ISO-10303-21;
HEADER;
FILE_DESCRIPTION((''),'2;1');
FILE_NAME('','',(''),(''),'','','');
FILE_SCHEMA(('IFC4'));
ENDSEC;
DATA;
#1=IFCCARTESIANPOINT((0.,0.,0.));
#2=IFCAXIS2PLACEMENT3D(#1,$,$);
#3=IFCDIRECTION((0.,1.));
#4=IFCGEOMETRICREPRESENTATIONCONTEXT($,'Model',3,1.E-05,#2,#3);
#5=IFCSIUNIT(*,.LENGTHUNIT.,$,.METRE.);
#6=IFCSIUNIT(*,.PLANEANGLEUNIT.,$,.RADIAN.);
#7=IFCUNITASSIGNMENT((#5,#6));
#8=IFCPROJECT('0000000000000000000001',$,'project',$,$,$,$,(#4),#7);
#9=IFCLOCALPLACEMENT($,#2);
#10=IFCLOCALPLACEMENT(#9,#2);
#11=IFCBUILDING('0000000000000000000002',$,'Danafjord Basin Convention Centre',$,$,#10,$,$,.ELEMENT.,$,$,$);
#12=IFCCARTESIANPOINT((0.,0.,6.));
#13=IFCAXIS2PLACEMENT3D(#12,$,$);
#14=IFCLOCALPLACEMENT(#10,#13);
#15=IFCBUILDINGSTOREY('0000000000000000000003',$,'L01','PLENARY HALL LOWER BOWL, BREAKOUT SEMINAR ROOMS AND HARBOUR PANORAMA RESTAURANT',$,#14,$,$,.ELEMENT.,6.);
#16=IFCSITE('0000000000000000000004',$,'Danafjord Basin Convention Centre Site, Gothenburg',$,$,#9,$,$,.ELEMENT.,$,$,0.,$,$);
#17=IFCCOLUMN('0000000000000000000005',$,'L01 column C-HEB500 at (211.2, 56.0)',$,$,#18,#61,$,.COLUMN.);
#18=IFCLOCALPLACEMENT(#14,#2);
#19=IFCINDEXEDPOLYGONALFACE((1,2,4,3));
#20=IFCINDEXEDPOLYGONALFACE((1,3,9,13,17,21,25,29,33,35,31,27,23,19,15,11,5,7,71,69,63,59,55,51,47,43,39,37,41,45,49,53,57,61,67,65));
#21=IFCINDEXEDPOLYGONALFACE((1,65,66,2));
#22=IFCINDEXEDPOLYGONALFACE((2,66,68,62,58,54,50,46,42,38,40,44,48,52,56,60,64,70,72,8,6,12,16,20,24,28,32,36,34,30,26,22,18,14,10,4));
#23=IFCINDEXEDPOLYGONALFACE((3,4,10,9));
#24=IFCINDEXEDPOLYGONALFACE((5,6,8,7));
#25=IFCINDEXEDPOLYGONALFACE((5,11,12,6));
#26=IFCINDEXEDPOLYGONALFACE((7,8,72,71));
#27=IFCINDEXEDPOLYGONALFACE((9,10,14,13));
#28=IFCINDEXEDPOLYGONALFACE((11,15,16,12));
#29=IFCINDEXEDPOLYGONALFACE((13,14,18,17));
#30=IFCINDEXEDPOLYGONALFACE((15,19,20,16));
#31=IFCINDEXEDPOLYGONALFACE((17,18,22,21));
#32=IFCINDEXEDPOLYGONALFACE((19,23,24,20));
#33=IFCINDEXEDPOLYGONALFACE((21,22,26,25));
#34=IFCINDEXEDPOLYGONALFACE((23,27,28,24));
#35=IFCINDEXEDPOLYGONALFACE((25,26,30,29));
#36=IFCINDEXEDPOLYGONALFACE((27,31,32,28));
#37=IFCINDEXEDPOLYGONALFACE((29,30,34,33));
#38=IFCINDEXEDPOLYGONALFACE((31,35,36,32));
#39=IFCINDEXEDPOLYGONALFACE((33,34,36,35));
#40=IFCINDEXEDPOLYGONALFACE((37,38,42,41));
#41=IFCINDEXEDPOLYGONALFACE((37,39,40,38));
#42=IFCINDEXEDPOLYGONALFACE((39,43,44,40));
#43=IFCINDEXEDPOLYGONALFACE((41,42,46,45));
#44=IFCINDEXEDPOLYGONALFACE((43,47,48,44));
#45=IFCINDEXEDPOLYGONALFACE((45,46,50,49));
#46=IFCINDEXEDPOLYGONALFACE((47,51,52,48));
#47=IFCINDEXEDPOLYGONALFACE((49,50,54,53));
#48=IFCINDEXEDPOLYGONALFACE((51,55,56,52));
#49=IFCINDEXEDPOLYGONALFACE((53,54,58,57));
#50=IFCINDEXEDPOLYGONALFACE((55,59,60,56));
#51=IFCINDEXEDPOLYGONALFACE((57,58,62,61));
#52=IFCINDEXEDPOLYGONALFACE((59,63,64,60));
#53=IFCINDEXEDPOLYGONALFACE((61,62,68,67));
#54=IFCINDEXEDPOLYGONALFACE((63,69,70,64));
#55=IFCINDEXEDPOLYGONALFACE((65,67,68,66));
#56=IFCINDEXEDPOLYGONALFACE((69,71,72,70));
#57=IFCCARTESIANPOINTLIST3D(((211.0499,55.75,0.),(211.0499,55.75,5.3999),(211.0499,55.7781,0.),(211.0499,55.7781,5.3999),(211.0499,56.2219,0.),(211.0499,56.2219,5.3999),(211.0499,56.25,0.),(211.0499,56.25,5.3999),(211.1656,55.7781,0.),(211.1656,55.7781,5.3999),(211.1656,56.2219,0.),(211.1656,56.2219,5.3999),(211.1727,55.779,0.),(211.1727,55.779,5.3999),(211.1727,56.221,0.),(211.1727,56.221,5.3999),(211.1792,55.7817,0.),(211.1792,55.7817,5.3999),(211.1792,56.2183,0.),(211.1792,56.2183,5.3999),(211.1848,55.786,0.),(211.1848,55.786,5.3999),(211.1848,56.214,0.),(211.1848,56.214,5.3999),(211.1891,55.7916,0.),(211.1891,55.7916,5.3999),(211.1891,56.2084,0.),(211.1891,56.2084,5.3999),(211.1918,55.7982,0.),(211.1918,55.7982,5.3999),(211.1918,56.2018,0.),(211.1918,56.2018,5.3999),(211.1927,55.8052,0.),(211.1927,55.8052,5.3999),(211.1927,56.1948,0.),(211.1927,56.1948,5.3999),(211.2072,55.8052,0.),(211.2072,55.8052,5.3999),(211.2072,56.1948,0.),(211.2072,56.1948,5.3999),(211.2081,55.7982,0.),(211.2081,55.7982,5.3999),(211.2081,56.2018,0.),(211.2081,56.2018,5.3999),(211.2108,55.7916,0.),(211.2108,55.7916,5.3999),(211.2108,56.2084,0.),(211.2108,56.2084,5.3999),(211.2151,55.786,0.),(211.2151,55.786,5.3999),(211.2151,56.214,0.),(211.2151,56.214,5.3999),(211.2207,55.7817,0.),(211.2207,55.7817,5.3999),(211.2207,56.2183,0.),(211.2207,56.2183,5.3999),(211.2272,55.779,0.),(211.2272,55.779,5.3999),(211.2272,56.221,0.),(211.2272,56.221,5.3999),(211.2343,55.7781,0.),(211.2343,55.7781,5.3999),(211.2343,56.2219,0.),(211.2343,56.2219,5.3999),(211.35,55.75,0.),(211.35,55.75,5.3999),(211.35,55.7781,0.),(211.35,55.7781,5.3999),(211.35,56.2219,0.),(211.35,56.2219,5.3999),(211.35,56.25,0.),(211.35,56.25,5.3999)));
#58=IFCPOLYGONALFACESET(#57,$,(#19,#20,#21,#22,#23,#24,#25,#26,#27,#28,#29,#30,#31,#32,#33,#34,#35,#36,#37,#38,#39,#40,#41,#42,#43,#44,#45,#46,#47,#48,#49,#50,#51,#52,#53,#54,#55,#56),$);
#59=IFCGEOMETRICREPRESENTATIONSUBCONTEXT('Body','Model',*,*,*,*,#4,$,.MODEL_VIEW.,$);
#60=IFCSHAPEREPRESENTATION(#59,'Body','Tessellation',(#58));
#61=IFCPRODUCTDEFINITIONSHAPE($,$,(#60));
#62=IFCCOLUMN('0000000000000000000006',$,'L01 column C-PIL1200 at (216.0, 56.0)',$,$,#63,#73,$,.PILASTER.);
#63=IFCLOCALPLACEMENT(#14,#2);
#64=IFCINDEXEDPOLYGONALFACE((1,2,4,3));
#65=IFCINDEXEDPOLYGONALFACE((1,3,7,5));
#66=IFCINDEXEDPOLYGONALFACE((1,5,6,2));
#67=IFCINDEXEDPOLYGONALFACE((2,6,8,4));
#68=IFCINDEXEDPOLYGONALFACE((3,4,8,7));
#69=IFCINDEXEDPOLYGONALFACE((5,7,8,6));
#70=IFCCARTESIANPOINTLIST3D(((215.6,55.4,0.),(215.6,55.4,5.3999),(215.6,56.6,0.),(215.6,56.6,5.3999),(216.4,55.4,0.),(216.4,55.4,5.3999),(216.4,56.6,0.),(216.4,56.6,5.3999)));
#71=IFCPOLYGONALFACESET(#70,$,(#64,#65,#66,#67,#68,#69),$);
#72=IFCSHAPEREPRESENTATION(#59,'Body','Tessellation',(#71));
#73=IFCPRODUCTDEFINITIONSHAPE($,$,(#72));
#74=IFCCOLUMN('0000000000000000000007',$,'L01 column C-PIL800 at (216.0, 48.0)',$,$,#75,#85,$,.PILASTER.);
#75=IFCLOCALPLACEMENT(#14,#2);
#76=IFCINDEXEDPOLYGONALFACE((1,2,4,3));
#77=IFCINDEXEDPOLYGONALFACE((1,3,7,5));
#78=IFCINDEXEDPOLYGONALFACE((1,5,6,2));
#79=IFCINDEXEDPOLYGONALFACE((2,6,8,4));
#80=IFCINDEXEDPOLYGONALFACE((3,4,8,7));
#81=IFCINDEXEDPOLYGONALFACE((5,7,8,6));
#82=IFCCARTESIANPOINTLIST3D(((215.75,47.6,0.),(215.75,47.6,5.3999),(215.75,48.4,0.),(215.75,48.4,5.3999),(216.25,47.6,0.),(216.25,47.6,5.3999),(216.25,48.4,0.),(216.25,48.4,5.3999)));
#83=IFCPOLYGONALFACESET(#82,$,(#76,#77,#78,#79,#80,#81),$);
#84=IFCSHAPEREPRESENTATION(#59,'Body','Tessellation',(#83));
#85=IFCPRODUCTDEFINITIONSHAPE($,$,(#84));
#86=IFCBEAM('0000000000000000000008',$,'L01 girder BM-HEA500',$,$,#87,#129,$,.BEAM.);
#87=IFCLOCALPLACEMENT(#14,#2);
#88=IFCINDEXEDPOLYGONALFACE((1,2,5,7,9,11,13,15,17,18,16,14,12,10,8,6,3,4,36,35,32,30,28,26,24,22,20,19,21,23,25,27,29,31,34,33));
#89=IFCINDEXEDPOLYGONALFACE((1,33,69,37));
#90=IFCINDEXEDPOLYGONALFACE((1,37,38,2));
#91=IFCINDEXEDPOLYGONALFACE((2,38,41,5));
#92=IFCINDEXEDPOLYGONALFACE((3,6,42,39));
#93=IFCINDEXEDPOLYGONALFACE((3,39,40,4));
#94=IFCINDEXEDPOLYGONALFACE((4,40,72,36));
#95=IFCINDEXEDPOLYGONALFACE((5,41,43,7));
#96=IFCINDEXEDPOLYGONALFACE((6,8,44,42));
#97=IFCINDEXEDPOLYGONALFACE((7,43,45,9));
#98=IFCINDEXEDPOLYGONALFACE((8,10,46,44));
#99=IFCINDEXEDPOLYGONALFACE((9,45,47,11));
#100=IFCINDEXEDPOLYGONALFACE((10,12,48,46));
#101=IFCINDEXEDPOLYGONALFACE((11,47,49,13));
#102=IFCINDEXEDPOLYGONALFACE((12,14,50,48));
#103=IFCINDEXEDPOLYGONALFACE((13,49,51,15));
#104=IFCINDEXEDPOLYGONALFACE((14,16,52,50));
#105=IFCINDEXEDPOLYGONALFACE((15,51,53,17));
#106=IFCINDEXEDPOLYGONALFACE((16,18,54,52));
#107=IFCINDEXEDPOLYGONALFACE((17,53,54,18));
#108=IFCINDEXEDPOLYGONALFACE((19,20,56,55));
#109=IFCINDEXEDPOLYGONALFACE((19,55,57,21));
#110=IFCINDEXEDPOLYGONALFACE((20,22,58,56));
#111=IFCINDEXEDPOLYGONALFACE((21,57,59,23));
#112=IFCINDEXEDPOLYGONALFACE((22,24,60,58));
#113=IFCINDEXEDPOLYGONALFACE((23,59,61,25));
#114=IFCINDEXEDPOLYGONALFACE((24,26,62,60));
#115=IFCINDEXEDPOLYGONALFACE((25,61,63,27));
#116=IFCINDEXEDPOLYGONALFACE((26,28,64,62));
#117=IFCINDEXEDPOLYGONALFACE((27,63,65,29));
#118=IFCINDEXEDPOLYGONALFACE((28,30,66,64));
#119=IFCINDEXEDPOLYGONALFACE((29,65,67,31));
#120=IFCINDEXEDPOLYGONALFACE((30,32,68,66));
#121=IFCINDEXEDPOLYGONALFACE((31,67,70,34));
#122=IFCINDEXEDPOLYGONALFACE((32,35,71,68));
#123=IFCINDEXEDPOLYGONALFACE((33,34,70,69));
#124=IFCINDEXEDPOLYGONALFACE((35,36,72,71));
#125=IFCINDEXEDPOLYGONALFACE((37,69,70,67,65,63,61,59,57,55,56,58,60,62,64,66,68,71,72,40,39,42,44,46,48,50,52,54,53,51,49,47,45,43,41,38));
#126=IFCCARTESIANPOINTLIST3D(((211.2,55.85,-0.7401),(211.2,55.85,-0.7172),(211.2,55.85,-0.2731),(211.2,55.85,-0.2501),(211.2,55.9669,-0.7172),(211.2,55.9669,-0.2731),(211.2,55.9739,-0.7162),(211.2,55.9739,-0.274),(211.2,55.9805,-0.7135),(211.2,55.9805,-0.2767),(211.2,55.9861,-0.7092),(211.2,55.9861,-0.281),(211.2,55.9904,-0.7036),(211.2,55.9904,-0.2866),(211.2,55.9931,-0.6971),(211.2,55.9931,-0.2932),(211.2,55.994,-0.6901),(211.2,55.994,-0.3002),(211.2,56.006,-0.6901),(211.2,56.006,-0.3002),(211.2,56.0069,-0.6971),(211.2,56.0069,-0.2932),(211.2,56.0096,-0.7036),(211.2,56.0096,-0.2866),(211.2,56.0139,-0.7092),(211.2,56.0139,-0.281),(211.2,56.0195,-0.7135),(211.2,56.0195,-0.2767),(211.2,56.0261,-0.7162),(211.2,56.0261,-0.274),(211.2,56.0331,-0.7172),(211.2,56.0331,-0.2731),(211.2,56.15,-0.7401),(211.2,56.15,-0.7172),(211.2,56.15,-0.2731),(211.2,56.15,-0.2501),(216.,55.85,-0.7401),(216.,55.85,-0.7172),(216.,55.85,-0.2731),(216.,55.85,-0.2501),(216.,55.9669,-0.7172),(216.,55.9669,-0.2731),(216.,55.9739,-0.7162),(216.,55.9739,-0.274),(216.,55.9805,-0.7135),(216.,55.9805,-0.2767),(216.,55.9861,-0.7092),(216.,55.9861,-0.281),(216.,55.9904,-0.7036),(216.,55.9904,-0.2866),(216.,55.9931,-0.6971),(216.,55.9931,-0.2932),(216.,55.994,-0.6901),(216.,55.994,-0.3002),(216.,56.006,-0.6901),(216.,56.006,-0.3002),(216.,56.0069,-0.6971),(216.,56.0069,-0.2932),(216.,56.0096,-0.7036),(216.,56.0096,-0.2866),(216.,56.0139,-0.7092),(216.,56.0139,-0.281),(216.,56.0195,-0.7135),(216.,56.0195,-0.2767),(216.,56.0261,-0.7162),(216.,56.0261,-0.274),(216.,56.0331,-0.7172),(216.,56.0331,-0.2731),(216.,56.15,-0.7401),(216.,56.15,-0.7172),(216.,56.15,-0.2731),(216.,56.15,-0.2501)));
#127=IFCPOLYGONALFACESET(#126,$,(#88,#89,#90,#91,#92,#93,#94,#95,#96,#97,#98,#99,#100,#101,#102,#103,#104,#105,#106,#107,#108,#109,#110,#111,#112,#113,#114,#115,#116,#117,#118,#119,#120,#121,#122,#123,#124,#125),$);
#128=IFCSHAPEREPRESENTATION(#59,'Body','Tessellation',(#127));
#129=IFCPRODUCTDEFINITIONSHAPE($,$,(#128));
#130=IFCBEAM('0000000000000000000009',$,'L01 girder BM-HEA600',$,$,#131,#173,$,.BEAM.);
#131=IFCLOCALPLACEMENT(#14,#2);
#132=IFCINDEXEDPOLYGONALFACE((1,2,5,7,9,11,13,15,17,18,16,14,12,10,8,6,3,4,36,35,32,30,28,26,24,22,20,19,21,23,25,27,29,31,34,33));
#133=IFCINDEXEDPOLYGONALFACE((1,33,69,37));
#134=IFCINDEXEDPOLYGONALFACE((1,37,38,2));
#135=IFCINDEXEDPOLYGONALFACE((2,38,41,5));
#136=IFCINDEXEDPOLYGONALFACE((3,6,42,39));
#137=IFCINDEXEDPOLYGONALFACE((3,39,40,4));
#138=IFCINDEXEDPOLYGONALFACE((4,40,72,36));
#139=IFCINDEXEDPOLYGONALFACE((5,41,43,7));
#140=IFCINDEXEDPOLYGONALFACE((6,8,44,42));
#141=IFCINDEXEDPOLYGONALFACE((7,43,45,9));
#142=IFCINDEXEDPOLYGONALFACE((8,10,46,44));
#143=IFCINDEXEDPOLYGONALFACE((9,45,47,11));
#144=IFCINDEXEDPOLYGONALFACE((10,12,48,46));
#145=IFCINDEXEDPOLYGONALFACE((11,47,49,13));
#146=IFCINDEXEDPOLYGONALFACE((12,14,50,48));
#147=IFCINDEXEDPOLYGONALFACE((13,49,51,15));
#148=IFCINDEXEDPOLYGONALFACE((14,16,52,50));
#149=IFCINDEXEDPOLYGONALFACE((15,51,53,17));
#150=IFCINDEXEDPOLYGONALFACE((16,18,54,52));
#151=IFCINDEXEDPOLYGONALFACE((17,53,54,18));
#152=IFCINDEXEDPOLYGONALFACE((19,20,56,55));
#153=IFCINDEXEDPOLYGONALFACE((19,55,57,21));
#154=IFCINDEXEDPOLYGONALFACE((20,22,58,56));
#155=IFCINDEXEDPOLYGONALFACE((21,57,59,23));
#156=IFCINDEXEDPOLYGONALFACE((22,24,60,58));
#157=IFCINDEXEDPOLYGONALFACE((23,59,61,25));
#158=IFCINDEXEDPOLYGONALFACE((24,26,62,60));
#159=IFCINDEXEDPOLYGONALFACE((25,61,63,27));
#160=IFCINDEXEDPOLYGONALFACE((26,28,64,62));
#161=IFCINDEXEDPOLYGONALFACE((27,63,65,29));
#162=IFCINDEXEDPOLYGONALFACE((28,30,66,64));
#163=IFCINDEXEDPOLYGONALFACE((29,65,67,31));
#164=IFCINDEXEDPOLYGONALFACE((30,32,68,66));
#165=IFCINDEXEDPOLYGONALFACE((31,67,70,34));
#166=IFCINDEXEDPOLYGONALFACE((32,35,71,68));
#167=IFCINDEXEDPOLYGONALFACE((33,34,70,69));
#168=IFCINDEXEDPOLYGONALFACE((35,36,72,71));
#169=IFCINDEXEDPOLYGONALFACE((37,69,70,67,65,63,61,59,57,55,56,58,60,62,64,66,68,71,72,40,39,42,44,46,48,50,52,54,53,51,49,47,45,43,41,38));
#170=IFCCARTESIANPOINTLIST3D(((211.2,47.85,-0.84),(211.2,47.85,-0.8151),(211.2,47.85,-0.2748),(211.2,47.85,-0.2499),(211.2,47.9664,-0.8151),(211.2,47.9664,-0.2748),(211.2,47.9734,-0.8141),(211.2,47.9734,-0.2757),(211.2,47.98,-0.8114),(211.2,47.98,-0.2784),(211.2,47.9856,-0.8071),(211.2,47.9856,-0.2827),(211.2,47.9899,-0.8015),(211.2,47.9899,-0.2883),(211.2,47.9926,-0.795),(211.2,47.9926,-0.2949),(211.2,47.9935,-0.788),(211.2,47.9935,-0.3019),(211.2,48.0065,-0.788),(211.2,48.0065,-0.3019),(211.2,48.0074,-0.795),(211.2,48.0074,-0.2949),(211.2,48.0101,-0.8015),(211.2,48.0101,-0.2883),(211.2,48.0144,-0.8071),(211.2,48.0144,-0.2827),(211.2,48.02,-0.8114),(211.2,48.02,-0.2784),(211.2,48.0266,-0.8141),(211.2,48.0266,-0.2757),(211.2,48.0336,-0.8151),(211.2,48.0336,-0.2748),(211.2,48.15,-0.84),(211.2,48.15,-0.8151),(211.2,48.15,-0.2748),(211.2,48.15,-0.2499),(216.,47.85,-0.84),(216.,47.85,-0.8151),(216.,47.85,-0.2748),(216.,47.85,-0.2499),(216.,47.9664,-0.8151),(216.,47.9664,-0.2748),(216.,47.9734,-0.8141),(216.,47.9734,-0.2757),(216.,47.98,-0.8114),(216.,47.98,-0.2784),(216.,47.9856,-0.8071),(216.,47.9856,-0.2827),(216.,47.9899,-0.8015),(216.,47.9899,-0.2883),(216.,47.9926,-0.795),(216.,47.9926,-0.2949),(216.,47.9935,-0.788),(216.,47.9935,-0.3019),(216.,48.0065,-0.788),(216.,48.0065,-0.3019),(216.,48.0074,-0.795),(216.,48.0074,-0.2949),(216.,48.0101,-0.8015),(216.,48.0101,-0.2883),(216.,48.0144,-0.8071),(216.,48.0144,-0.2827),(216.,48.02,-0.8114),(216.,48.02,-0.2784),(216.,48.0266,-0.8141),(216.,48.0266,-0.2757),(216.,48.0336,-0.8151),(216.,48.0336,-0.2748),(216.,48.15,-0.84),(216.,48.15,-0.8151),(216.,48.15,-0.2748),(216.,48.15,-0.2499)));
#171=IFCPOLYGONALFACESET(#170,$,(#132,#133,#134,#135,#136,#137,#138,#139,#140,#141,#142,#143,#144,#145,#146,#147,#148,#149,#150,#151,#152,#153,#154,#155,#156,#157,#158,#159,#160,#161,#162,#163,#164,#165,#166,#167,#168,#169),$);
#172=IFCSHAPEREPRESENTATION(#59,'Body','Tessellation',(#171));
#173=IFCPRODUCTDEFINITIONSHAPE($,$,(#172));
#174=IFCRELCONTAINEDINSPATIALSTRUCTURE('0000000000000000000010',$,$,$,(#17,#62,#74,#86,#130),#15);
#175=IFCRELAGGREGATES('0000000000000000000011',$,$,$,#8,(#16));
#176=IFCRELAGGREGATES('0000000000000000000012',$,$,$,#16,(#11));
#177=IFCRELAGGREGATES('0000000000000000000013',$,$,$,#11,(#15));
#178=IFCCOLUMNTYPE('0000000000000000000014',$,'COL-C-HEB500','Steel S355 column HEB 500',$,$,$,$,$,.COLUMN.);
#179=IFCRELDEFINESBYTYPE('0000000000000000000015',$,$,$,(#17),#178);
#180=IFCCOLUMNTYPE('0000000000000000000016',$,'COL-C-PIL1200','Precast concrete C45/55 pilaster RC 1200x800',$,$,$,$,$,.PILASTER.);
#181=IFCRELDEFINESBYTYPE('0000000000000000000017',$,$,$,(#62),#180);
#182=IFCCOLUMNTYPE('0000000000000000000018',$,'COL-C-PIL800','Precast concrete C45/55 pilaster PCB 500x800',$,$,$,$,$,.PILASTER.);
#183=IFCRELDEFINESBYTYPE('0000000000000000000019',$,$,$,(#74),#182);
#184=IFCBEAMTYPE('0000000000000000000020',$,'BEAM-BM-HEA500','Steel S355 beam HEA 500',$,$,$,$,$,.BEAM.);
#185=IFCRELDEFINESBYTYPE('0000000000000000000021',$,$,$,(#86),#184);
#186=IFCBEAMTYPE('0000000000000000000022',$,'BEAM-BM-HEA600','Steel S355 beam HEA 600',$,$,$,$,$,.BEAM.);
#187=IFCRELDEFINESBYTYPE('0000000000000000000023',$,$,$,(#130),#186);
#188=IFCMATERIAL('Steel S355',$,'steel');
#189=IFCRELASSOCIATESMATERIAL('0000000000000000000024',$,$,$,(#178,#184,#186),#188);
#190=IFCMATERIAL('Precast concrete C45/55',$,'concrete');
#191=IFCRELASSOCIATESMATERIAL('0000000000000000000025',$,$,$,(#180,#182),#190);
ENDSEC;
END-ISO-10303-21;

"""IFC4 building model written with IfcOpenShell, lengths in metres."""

from ifc_helpers import new_model, si_unit, direction, frame, origin, origin_2d, place, context, subcontext, project, spatial, rectangle, i_section, extrude, material, material_profile, profile_set, type_object, element, save


model = new_model("IFC4")

# Units and contexts
model_context = context("Model", 3, precision=1e-05, world=origin(), true_north=direction((0.0, 1.0)))
body_context = subcontext(model_context, "Body", "Model", "MODEL_VIEW")
ifc_project = project(units=[si_unit("LENGTHUNIT", "METRE"), si_unit("PLANEANGLEUNIT", "RADIAN")], contexts=[model_context])

# Site, building, storey
site_placement = place(None, origin())
site = spatial("IfcSite", under=ifc_project, at=site_placement, Name="Danafjord Basin Convention Centre Site, Gothenburg", CompositionType="ELEMENT", RefElevation=0.0)
building_placement = place(site_placement, origin())
building = spatial("IfcBuilding", under=site, at=building_placement, Name="Danafjord Basin Convention Centre", CompositionType="ELEMENT")
storey_placement = place(building_placement, frame((0.0, 0.0, 6.0)))
storey = spatial("IfcBuildingStorey", under=building, at=storey_placement, Name="L01", Description="PLENARY HALL LOWER BOWL, BREAKOUT SEMINAR ROOMS AND HARBOUR PANORAMA RESTAURANT", CompositionType="ELEMENT", Elevation=6.0)

# Columns
ifc_material_1 = material(Name="Steel S355", Category="steel")
ifc_material_profile_1 = material_profile(ifc_material_1, i_section(OverallWidth=0.3, OverallDepth=0.5, WebThickness=0.0144, FlangeThickness=0.0281, FilletRadius=0.0271, at=origin_2d()), Name="HEB 500")
ifc_profile_set_1 = profile_set([ifc_material_profile_1], Name="Steel S355")
column_type_1 = type_object("IfcColumnType", Name="COL-C-HEB500", Description="Steel S355 column HEB 500", PredefinedType="COLUMN", material=ifc_profile_set_1)
column_1_placement = place(storey_placement, frame((211.2, 56.0, 0.0), z_axis=(0.0, 0.0, 1.0), x_axis=(1.0, 0.0, 0.0)))
element("IfcColumn", 1, at=column_1_placement, inside=storey, type_object=column_type_1, Name="L01 column C-HEB500 at (211.2, 56.0)", PredefinedType="COLUMN", context=body_context, shape_type="SweptSolid", body=[
    extrude(i_section(OverallWidth=0.3, OverallDepth=0.5, WebThickness=0.0144, FlangeThickness=0.0281, FilletRadius=0.0271, at=origin_2d()), origin(), (0.0, 0.0, 1.0), 5.3999),
])
ifc_material_2 = material(Name="Precast concrete C45/55", Category="concrete")
ifc_material_profile_2 = material_profile(ifc_material_2, rectangle(XDim=0.8, YDim=1.2, at=origin_2d()), Name="RC 1200x800")
ifc_profile_set_2 = profile_set([ifc_material_profile_2], Name="Precast concrete C45/55")
column_type_2 = type_object("IfcColumnType", Name="COL-C-PIL1200", Description="Precast concrete C45/55 pilaster RC 1200x800", PredefinedType="PILASTER", material=ifc_profile_set_2)
column_2_placement = place(storey_placement, frame((216.0, 56.0, 0.0), z_axis=(0.0, 0.0, 1.0), x_axis=(1.0, 0.0, 0.0)))
element("IfcColumn", 2, at=column_2_placement, inside=storey, type_object=column_type_2, Name="L01 column C-PIL1200 at (216.0, 56.0)", PredefinedType="PILASTER", context=body_context, shape_type="SweptSolid", body=[
    extrude(rectangle(XDim=0.8, YDim=1.2, at=origin_2d()), origin(), (0.0, 0.0, 1.0), 5.3999),
])
ifc_material_profile_3 = material_profile(ifc_material_2, rectangle(XDim=0.5, YDim=0.8, at=origin_2d()), Name="PCB 500x800")
ifc_profile_set_3 = profile_set([ifc_material_profile_3], Name="Precast concrete C45/55")
column_type_3 = type_object("IfcColumnType", Name="COL-C-PIL800", Description="Precast concrete C45/55 pilaster PCB 500x800", PredefinedType="PILASTER", material=ifc_profile_set_3)
column_3_placement = place(storey_placement, frame((216.0, 48.0, 0.0), z_axis=(0.0, 0.0, 1.0), x_axis=(1.0, 0.0, 0.0)))
element("IfcColumn", 3, at=column_3_placement, inside=storey, type_object=column_type_3, Name="L01 column C-PIL800 at (216.0, 48.0)", PredefinedType="PILASTER", context=body_context, shape_type="SweptSolid", body=[
    extrude(rectangle(XDim=0.5, YDim=0.8, at=origin_2d()), origin(), (0.0, 0.0, 1.0), 5.3999),
])

# Beams
ifc_material_profile_4 = material_profile(ifc_material_1, i_section(OverallWidth=0.3, OverallDepth=0.49, WebThickness=0.012, FlangeThickness=0.0229, FilletRadius=0.0271, at=origin_2d()), Name="HEA 500")
ifc_profile_set_4 = profile_set([ifc_material_profile_4], Name="Steel S355")
beam_type_1 = type_object("IfcBeamType", Name="BEAM-BM-HEA500", Description="Steel S355 beam HEA 500", PredefinedType="BEAM", material=ifc_profile_set_4)
beam_1_placement = place(storey_placement, frame((211.2, 56.0, -0.4951), z_axis=(1.0, 0.0, 0.0), x_axis=(0.0, 1.0, 0.0)))
element("IfcBeam", 4, at=beam_1_placement, inside=storey, type_object=beam_type_1, Name="L01 girder BM-HEA500", PredefinedType="BEAM", context=body_context, shape_type="SweptSolid", body=[
    extrude(i_section(OverallWidth=0.3, OverallDepth=0.49, WebThickness=0.012, FlangeThickness=0.0229, FilletRadius=0.0271, at=origin_2d()), origin(), (0.0, 0.0, 1.0), 4.8),
])
ifc_material_profile_5 = material_profile(ifc_material_1, i_section(OverallWidth=0.3, OverallDepth=0.5901, WebThickness=0.0129, FlangeThickness=0.0249, FilletRadius=0.0271, at=origin_2d()), Name="HEA 600")
ifc_profile_set_5 = profile_set([ifc_material_profile_5], Name="Steel S355")
beam_type_2 = type_object("IfcBeamType", Name="BEAM-BM-HEA600", Description="Steel S355 beam HEA 600", PredefinedType="BEAM", material=ifc_profile_set_5)
beam_2_placement = place(storey_placement, frame((211.2, 48.0, -0.5449), z_axis=(1.0, 0.0, 0.0), x_axis=(0.0, 1.0, 0.0)))
element("IfcBeam", 5, at=beam_2_placement, inside=storey, type_object=beam_type_2, Name="L01 girder BM-HEA600", PredefinedType="BEAM", context=body_context, shape_type="SweptSolid", body=[
    extrude(i_section(OverallWidth=0.3, OverallDepth=0.5901, WebThickness=0.0129, FlangeThickness=0.0249, FilletRadius=0.0271, at=origin_2d()), origin(), (0.0, 0.0, 1.0), 4.8),
])

save(model, "model.ifc")
